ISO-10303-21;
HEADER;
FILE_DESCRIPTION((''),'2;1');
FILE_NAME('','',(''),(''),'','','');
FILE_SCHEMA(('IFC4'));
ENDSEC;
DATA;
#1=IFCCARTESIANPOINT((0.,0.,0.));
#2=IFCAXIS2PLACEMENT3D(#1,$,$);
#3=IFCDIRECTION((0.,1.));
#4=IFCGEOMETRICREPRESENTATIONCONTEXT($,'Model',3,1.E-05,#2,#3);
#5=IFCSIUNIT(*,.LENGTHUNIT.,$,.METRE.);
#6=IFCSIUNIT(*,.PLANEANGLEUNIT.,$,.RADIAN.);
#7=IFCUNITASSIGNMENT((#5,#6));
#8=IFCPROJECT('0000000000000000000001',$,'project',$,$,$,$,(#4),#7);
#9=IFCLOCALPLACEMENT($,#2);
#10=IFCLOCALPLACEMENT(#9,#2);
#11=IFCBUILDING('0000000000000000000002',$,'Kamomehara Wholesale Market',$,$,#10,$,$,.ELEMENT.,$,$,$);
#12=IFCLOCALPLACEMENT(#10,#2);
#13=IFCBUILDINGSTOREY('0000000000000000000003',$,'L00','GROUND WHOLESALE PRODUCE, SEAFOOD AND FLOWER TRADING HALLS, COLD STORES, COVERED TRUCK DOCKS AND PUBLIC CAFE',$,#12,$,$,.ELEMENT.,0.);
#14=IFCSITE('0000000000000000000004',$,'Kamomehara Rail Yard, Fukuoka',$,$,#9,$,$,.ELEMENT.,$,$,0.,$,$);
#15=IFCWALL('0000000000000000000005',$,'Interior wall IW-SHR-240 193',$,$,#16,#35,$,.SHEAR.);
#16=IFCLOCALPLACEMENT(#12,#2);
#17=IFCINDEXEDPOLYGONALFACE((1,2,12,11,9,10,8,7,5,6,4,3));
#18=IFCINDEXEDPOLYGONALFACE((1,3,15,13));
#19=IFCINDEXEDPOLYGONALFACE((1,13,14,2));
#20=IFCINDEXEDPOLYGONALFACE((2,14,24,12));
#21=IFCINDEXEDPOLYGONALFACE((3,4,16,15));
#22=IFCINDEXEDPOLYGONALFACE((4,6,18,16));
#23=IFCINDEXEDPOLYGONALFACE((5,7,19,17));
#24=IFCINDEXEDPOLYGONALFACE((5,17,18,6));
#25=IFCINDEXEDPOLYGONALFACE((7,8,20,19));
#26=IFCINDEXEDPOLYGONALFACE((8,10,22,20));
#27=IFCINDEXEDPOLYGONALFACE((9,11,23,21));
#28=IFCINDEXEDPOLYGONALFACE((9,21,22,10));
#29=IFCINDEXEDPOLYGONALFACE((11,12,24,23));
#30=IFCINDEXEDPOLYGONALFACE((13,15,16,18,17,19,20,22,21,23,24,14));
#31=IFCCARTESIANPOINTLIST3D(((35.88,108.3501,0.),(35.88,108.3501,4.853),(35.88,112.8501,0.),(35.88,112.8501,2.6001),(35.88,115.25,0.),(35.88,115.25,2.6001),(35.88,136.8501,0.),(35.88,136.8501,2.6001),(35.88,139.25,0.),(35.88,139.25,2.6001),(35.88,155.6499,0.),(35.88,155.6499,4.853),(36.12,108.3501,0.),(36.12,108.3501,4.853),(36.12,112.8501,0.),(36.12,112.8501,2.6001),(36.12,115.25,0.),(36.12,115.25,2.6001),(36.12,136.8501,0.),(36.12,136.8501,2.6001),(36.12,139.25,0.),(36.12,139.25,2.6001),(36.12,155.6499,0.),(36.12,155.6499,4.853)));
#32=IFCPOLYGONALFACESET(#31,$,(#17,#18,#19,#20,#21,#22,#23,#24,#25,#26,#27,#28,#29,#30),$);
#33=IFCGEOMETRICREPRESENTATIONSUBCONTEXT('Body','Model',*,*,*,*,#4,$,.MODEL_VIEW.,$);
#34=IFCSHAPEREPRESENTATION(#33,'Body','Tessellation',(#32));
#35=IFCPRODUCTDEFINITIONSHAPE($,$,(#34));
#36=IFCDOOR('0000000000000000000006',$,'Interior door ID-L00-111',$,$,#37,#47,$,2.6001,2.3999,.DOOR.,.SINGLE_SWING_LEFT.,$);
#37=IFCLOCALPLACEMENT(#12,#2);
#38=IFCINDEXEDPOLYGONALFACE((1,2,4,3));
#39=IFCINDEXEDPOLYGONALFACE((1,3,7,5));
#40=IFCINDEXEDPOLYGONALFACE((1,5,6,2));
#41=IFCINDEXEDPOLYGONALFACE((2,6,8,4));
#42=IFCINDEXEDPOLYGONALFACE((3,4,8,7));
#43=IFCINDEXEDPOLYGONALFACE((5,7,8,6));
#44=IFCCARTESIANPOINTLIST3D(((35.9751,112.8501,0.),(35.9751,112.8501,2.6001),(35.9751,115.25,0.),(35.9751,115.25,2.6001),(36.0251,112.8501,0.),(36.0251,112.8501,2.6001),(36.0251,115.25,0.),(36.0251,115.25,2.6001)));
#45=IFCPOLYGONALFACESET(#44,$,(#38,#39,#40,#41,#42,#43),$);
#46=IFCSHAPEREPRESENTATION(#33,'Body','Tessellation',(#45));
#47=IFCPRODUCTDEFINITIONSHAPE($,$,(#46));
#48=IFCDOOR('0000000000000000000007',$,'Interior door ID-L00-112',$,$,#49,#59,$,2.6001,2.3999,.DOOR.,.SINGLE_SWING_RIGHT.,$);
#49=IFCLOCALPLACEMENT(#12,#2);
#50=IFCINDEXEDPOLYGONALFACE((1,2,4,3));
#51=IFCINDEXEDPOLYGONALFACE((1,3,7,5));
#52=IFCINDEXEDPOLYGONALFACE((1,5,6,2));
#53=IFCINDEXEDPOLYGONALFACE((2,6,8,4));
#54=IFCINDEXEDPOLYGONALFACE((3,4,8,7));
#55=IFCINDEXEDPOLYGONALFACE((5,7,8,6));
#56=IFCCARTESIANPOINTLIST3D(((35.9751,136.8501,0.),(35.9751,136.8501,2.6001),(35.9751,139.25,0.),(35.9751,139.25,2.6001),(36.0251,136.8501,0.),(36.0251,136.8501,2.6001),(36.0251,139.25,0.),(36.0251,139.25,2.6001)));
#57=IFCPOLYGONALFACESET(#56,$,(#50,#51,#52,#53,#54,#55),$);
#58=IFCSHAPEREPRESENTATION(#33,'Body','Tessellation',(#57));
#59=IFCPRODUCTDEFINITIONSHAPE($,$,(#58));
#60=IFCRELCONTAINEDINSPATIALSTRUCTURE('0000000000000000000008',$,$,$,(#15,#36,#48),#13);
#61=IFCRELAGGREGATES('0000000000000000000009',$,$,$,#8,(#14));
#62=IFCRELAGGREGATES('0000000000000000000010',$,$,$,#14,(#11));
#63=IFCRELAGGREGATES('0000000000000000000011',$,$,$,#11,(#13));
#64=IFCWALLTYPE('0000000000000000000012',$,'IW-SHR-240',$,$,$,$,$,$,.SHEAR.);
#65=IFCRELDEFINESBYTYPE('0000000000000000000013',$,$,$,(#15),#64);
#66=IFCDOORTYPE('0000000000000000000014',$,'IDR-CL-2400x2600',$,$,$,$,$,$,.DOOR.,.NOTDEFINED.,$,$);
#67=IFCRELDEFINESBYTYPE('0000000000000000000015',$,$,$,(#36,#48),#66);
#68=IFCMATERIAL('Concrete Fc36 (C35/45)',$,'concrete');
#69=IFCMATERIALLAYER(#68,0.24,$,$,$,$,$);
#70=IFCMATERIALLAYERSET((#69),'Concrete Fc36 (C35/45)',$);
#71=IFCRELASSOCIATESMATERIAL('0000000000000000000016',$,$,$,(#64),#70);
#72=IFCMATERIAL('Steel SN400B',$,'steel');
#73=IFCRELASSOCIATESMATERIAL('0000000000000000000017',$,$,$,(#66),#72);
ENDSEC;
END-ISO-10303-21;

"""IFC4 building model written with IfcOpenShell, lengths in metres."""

from ifc_helpers import new_model, si_unit, direction, frame, frame_2d, origin, place, context, subcontext, project, spatial, rectangle, extrude, material, layer, layer_set, type_object, element, fill, save


model = new_model("IFC4")

# Units and contexts
model_context = context("Model", 3, precision=1e-05, world=origin(), true_north=direction((0.0, 1.0)))
body_context = subcontext(model_context, "Body", "Model", "MODEL_VIEW")
ifc_project = project(units=[si_unit("LENGTHUNIT", "METRE"), si_unit("PLANEANGLEUNIT", "RADIAN")], contexts=[model_context])

# Site, building, storey
site_placement = place(None, origin())
site = spatial("IfcSite", under=ifc_project, at=site_placement, Name="Kamomehara Rail Yard, Fukuoka", CompositionType="ELEMENT", RefElevation=0.0)
building_placement = place(site_placement, origin())
building = spatial("IfcBuilding", under=site, at=building_placement, Name="Kamomehara Wholesale Market", CompositionType="ELEMENT")
storey_placement = place(building_placement, origin())
storey = spatial("IfcBuildingStorey", under=building, at=storey_placement, Name="L00", Description="GROUND WHOLESALE PRODUCE, SEAFOOD AND FLOWER TRADING HALLS, COLD STORES, COVERED TRUCK DOCKS AND PUBLIC CAFE", CompositionType="ELEMENT", Elevation=0.0)

# Wall, openings, doors
ifc_material_1 = material(Name="Concrete Fc36 (C35/45)", Category="concrete")
ifc_layer_1 = layer(ifc_material_1, 0.24)
ifc_layer_set_1 = layer_set([ifc_layer_1], Name="Concrete Fc36 (C35/45)")
wall_type_1 = type_object("IfcWallType", Name="IW-SHR-240", PredefinedType="SHEAR", material=ifc_layer_set_1)
wall_1_placement = place(storey_placement, frame((36.0, 108.3501, 0.0), z_axis=(0.0, 0.0, 1.0), x_axis=(0.0, 1.0, 0.0)))
wall_1 = element("IfcWall", 1, at=wall_1_placement, inside=storey, type_object=wall_type_1, Name="Interior wall IW-SHR-240 193", PredefinedType="SHEAR", context=body_context, shape_type="SweptSolid", body=[
    extrude(rectangle(XDim=47.2998, YDim=0.24, at=frame_2d((23.6499, 0.0))), origin(), (0.0, 0.0, 1.0), 4.853),
])
opening_1_placement = place(wall_1_placement, frame((4.5, 0.0, 0.0)))
opening_1 = element("IfcOpeningElement", 2, at=opening_1_placement, cuts=wall_1, PredefinedType="OPENING", context=body_context, shape_type="SweptSolid", body=[
    extrude(rectangle(XDim=2.3999, YDim=2.6001, at=frame_2d((1.2, 1.3))), frame((0.0, 0.1348, 0.0), z_axis=(0.0, -1.0, 0.0), x_axis=(1.0, 0.0, 0.0)), (0.0, 0.0, 1.0), 0.2698),
])
opening_2_placement = place(wall_1_placement, frame((28.5, 0.0, 0.0)))
opening_2 = element("IfcOpeningElement", 3, at=opening_2_placement, cuts=wall_1, PredefinedType="OPENING", context=body_context, shape_type="SweptSolid", body=[
    extrude(rectangle(XDim=2.3999, YDim=2.6001, at=frame_2d((1.2, 1.3))), frame((0.0, 0.1348, 0.0), z_axis=(0.0, -1.0, 0.0), x_axis=(1.0, 0.0, 0.0)), (0.0, 0.0, 1.0), 0.2698),
])
ifc_material_2 = material(Name="Steel SN400B", Category="steel")
door_type_1 = type_object("IfcDoorType", Name="IDR-CL-2400x2600", OperationType="NOTDEFINED", PredefinedType="DOOR", material=ifc_material_2)
door_1_placement = place(opening_1_placement, origin())
door_1 = element("IfcDoor", 4, at=door_1_placement, inside=storey, type_object=door_type_1, Name="Interior door ID-L00-111", OperationType="SINGLE_SWING_LEFT", OverallHeight=2.6001, OverallWidth=2.3999, PredefinedType="DOOR", context=body_context, shape_type="SweptSolid", body=[
    extrude(rectangle(XDim=2.3999, YDim=2.6001, at=frame_2d((1.2, 1.3))), frame((0.0, 0.0249, 0.0), z_axis=(0.0, -1.0, 0.0), x_axis=(1.0, 0.0, 0.0)), (0.0, 0.0, 1.0), 0.05),
])
fill(opening_1, door_1)
door_2_placement = place(opening_2_placement, origin())
door_2 = element("IfcDoor", 5, at=door_2_placement, inside=storey, type_object=door_type_1, Name="Interior door ID-L00-112", OperationType="SINGLE_SWING_RIGHT", OverallHeight=2.6001, OverallWidth=2.3999, PredefinedType="DOOR", context=body_context, shape_type="SweptSolid", body=[
    extrude(rectangle(XDim=2.3999, YDim=2.6001, at=frame_2d((1.2, 1.3))), frame((0.0, 0.0249, 0.0), z_axis=(0.0, -1.0, 0.0), x_axis=(1.0, 0.0, 0.0)), (0.0, 0.0, 1.0), 0.05),
])
fill(opening_2, door_2)

save(model, "model.ifc")
